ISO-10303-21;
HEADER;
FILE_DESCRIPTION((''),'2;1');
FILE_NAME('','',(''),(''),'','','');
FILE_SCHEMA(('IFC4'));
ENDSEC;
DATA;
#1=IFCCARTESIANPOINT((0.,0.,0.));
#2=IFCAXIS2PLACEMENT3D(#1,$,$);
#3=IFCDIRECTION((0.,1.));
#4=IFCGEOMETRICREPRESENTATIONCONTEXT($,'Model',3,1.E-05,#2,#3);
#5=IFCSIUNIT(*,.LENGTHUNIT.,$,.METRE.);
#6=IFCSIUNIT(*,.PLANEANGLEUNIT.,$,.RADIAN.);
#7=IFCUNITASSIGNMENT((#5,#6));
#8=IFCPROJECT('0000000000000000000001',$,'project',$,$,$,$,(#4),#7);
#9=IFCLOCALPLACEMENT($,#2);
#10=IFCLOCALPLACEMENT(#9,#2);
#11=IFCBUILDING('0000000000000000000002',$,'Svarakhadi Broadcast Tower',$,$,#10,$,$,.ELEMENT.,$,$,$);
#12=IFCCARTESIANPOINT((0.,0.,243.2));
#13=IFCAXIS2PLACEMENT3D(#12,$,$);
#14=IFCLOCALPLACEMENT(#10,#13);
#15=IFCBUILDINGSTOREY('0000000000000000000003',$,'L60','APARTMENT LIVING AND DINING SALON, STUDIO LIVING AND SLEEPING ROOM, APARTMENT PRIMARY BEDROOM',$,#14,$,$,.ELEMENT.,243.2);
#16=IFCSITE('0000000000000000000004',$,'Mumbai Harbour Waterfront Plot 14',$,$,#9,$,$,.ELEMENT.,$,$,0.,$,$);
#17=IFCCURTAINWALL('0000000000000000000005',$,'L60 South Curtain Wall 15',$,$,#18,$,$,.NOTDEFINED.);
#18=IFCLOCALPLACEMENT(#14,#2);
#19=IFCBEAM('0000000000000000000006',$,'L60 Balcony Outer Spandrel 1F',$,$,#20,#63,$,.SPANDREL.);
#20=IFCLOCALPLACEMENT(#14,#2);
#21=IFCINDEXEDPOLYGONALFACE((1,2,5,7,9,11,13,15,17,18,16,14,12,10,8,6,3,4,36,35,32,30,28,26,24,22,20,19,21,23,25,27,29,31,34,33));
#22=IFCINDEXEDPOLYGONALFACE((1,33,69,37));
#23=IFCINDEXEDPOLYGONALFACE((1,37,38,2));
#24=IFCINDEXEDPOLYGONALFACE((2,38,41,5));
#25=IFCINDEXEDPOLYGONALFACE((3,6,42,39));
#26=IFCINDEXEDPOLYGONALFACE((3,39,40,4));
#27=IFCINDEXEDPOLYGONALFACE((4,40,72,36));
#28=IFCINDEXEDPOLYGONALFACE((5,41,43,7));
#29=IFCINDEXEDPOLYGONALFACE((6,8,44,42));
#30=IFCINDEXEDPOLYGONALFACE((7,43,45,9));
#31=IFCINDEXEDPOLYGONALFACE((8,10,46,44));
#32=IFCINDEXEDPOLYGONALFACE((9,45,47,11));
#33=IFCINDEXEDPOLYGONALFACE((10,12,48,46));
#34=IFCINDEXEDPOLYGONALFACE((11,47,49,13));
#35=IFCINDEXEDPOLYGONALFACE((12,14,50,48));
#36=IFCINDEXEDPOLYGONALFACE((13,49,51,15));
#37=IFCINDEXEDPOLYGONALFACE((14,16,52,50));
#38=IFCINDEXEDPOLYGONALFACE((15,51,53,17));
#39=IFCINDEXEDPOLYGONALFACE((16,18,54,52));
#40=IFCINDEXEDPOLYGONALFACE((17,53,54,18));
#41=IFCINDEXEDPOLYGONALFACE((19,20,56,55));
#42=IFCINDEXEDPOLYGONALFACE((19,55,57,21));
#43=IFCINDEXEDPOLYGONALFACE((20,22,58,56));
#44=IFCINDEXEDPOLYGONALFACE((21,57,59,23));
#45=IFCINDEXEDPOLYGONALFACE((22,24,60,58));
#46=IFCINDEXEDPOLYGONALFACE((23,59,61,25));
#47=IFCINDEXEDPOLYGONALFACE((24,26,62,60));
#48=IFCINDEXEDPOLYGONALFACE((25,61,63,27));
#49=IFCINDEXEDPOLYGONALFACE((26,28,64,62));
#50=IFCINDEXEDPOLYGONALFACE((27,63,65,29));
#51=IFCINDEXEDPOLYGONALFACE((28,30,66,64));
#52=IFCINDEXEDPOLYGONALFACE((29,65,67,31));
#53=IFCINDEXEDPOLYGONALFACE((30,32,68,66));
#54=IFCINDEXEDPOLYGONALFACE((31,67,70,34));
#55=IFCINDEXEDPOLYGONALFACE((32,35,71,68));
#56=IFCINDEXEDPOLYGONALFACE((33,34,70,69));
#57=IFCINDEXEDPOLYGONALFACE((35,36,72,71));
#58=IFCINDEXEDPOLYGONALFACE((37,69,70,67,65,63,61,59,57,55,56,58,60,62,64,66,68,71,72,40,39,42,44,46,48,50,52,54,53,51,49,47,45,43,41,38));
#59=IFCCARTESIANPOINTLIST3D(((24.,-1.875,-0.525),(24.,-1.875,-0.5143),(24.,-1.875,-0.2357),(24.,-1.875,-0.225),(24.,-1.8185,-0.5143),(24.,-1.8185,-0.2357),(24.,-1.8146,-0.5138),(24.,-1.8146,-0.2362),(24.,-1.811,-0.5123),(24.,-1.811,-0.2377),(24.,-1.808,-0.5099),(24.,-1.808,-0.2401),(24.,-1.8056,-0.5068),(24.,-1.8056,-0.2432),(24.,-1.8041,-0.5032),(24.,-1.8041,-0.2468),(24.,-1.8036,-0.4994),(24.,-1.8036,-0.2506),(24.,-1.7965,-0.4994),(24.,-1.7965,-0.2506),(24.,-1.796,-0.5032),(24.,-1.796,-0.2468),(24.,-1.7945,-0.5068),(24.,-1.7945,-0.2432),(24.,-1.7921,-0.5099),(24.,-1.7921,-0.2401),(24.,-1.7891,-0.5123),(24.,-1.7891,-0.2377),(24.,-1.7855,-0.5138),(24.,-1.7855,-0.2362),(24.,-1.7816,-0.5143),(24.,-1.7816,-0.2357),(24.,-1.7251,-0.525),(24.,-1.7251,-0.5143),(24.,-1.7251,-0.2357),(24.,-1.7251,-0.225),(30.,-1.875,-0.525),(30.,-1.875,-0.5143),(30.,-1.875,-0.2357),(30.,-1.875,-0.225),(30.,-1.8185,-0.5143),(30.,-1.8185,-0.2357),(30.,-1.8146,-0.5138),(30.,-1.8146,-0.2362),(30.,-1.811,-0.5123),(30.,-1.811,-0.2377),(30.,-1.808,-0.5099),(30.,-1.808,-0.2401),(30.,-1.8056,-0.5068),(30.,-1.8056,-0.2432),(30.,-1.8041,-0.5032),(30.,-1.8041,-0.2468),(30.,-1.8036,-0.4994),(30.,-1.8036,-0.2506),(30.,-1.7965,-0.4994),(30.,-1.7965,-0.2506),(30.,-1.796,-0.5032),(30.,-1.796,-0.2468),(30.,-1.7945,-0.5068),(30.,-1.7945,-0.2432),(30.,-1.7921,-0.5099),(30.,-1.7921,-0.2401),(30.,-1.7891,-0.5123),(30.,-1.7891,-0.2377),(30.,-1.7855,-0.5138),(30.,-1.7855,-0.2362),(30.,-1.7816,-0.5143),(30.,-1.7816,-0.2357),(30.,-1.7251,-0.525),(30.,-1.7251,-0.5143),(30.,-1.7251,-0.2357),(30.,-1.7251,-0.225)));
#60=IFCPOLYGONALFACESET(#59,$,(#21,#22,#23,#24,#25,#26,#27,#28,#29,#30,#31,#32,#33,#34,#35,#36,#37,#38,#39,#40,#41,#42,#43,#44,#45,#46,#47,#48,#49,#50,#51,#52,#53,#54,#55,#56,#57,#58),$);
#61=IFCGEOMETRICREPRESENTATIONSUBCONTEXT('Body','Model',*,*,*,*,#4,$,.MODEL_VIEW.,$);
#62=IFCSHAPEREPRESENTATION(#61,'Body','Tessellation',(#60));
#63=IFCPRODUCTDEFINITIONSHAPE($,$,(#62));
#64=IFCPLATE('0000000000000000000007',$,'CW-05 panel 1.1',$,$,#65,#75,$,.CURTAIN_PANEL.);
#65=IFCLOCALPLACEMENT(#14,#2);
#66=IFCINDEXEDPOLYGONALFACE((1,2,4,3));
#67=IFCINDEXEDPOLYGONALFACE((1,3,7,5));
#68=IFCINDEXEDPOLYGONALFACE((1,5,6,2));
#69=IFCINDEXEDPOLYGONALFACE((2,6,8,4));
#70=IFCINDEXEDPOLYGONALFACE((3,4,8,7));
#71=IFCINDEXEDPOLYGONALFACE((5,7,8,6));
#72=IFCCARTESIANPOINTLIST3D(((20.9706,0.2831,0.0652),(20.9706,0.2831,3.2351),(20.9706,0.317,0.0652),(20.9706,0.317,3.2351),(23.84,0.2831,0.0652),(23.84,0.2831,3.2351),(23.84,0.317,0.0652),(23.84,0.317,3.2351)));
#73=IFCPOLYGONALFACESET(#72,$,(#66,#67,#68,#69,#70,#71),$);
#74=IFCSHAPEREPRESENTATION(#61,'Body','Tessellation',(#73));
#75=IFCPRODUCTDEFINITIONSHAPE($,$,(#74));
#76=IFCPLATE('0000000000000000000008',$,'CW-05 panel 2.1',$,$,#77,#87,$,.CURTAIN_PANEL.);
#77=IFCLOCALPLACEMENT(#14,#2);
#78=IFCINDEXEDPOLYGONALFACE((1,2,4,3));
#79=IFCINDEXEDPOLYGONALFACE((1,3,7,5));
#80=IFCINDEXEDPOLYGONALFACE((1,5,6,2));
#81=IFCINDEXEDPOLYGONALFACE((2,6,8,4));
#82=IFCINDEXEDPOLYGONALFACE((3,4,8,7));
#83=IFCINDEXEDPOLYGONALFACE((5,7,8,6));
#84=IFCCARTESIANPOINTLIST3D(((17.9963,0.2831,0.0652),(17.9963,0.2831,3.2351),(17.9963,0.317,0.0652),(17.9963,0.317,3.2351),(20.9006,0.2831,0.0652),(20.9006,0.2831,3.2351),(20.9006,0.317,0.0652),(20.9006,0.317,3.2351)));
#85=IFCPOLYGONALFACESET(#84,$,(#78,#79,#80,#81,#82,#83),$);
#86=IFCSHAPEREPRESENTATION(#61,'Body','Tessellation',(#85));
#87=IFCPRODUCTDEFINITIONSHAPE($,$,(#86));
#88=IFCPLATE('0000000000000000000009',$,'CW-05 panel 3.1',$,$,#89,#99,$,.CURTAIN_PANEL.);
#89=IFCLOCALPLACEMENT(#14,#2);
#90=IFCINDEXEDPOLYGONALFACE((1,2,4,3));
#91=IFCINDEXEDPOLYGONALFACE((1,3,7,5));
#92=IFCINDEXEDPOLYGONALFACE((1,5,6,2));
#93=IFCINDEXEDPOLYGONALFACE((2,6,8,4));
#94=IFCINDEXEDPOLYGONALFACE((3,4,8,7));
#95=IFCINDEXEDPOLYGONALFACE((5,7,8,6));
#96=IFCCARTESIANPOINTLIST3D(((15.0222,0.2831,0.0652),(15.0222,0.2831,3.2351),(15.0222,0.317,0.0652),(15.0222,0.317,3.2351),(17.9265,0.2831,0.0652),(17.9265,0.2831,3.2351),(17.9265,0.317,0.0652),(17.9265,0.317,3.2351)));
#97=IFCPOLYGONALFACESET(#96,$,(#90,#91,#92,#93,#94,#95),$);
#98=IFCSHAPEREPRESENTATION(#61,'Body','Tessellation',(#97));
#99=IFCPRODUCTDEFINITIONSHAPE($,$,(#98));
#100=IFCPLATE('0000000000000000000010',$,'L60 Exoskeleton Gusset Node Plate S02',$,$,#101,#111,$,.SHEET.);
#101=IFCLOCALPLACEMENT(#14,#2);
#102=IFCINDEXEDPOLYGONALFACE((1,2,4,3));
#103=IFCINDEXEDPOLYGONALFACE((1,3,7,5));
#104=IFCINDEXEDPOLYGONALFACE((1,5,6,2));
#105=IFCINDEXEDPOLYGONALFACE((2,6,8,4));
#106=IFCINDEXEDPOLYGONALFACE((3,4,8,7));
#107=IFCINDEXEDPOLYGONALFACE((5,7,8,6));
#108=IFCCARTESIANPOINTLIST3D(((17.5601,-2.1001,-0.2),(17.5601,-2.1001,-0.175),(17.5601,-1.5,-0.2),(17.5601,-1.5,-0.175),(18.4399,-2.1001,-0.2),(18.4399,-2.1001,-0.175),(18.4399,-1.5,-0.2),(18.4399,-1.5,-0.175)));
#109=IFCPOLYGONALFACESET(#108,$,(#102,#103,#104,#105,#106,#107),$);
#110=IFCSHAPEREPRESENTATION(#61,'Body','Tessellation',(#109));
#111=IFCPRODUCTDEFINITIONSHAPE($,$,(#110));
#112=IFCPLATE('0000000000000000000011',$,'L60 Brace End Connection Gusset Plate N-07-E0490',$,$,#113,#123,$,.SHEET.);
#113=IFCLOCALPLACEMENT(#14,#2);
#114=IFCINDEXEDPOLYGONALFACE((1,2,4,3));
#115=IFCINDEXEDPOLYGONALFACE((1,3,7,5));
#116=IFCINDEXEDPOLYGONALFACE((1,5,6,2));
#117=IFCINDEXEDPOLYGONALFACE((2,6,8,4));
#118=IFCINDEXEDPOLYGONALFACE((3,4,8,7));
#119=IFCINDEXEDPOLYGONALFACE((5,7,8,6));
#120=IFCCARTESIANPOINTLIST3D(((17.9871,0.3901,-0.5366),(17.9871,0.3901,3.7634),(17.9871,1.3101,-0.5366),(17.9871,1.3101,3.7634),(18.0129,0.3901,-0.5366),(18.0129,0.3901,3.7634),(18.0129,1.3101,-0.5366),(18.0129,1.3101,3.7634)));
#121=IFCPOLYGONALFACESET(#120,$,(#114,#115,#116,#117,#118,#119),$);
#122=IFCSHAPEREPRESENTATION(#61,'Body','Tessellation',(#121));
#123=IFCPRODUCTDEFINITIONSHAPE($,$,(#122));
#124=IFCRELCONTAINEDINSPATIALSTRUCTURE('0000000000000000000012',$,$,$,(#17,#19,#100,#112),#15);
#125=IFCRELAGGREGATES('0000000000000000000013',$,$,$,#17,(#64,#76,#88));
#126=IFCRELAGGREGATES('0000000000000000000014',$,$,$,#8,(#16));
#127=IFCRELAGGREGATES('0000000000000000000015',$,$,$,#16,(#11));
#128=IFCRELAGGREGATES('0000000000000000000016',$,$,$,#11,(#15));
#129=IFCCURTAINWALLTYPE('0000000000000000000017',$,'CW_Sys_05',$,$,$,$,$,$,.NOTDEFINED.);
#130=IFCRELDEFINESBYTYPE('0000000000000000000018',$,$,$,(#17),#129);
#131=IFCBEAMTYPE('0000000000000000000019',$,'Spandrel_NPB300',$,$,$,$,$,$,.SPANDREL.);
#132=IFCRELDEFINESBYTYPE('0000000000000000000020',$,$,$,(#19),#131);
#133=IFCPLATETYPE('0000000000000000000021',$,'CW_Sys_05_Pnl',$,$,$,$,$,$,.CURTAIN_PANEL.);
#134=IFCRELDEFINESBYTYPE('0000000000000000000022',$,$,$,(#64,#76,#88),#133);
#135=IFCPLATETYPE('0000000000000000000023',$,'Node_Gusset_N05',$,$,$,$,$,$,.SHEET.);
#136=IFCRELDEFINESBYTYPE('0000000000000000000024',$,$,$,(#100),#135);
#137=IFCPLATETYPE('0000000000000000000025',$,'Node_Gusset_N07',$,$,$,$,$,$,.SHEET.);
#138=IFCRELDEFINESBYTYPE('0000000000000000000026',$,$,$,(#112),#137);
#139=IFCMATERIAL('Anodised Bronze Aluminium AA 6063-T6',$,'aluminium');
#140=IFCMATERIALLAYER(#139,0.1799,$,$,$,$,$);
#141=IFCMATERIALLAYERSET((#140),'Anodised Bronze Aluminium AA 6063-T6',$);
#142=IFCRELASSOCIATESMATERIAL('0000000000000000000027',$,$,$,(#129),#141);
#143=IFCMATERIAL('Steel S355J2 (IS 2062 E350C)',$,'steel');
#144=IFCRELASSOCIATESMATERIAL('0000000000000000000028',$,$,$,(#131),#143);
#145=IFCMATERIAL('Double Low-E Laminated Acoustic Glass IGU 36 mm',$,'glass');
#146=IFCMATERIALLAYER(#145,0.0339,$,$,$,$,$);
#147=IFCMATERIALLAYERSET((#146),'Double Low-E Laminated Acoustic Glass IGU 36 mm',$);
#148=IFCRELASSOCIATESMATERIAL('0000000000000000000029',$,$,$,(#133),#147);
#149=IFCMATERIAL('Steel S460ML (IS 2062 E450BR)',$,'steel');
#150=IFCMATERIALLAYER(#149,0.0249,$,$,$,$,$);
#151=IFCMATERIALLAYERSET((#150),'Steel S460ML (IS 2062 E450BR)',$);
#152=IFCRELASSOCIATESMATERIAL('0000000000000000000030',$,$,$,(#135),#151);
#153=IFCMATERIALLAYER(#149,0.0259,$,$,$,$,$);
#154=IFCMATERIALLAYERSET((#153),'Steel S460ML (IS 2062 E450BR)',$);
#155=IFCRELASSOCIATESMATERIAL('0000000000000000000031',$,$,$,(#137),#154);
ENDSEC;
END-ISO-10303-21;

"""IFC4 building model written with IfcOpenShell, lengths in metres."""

from ifc_helpers import new_model, si_unit, direction, frame, origin, origin_2d, place, context, subcontext, project, spatial, rectangle, i_section, extrude, material, layer, layer_set, material_profile, profile_set, type_object, element, aggregate, save


model = new_model("IFC4")

# Units and contexts
model_context = context("Model", 3, precision=1e-05, world=origin(), true_north=direction((0.0, 1.0)))
body_context = subcontext(model_context, "Body", "Model", "MODEL_VIEW")
ifc_project = project(units=[si_unit("LENGTHUNIT", "METRE"), si_unit("PLANEANGLEUNIT", "RADIAN")], contexts=[model_context])

# Site, building, storey
site_placement = place(None, origin())
site = spatial("IfcSite", under=ifc_project, at=site_placement, Name="Mumbai Harbour Waterfront Plot 14", CompositionType="ELEMENT", RefElevation=0.0)
building_placement = place(site_placement, origin())
building = spatial("IfcBuilding", under=site, at=building_placement, Name="Svarakhadi Broadcast Tower", CompositionType="ELEMENT")
storey_placement = place(building_placement, frame((0.0, 0.0, 243.2)))
storey = spatial("IfcBuildingStorey", under=building, at=storey_placement, Name="L60", Description="APARTMENT LIVING AND DINING SALON, STUDIO LIVING AND SLEEPING ROOM, APARTMENT PRIMARY BEDROOM", CompositionType="ELEMENT", Elevation=243.2)

# Shared definitions
ifc_material_1 = material(Name="Steel S460ML (IS 2062 E450BR)", Category="steel")

# Curtain wall
ifc_material_2 = material(Name="Anodised Bronze Aluminium AA 6063-T6", Category="aluminium")
ifc_layer_1 = layer(ifc_material_2, 0.1799)
ifc_layer_set_1 = layer_set([ifc_layer_1], Name="Anodised Bronze Aluminium AA 6063-T6")
curtain_wall_type = type_object("IfcCurtainWallType", Name="CW_Sys_05", PredefinedType="NOTDEFINED", material=ifc_layer_set_1)
curtain_wall_placement = place(storey_placement, origin())
curtain_wall = element("IfcCurtainWall", 1, at=curtain_wall_placement, inside=storey, type_object=curtain_wall_type, Name="L60 South Curtain Wall 15", PredefinedType="NOTDEFINED")

# Beam
ifc_material_3 = material(Name="Steel S355J2 (IS 2062 E350C)", Category="steel")
ifc_material_profile_1 = material_profile(ifc_material_3, i_section(OverallWidth=0.1499, OverallDepth=0.3, WebThickness=0.0071, FlangeThickness=0.0107, FilletRadius=0.0149, at=origin_2d()), Name="NPB 300x150x37")
ifc_profile_set_1 = profile_set([ifc_material_profile_1], Name="Steel S355J2 (IS 2062 E350C)")
beam_type_1 = type_object("IfcBeamType", Name="Spandrel_NPB300", PredefinedType="SPANDREL", material=ifc_profile_set_1)
beam_1_placement = place(storey_placement, frame((24.0, -1.8, -0.375), z_axis=(1.0, 0.0, 0.0), x_axis=(0.0, 1.0, 0.0)))
element("IfcBeam", 2, at=beam_1_placement, inside=storey, type_object=beam_type_1, Name="L60 Balcony Outer Spandrel 1F", PredefinedType="SPANDREL", context=body_context, shape_type="SweptSolid", body=[
    extrude(i_section(OverallWidth=0.1499, OverallDepth=0.3, WebThickness=0.0071, FlangeThickness=0.0107, FilletRadius=0.0149, at=origin_2d()), origin(), (0.0, 0.0, 1.0), 6.0),
])

# Plates
ifc_material_4 = material(Name="Double Low-E Laminated Acoustic Glass IGU 36 mm", Category="glass")
ifc_layer_2 = layer(ifc_material_4, 0.0339)
ifc_layer_set_2 = layer_set([ifc_layer_2], Name="Double Low-E Laminated Acoustic Glass IGU 36 mm")
plate_type_1 = type_object("IfcPlateType", Name="CW_Sys_05_Pnl", PredefinedType="CURTAIN_PANEL", material=ifc_layer_set_2)
plate_1_placement = place(storey_placement, frame((22.4053, 0.3, 0.0652), z_axis=(0.0, 0.0, 1.0), x_axis=(-1.0, 0.0, 0.0)))
plate_1 = element("IfcPlate", 3, at=plate_1_placement, type_object=plate_type_1, Name="CW-05 panel 1.1", PredefinedType="CURTAIN_PANEL", context=body_context, shape_type="SweptSolid", body=[
    extrude(rectangle(XDim=2.8694, YDim=0.0339, at=origin_2d()), origin(), (0.0, 0.0, 1.0), 3.1699),
])
plate_2_placement = place(storey_placement, frame((19.4485, 0.3, 0.0652), z_axis=(0.0, 0.0, 1.0), x_axis=(-1.0, 0.0, 0.0)))
plate_2 = element("IfcPlate", 4, at=plate_2_placement, type_object=plate_type_1, Name="CW-05 panel 2.1", PredefinedType="CURTAIN_PANEL", context=body_context, shape_type="SweptSolid", body=[
    extrude(rectangle(XDim=2.9043, YDim=0.0339, at=origin_2d()), origin(), (0.0, 0.0, 1.0), 3.1699),
])
plate_3_placement = place(storey_placement, frame((16.4744, 0.3, 0.0652), z_axis=(0.0, 0.0, 1.0), x_axis=(-1.0, 0.0, 0.0)))
plate_3 = element("IfcPlate", 5, at=plate_3_placement, type_object=plate_type_1, Name="CW-05 panel 3.1", PredefinedType="CURTAIN_PANEL", context=body_context, shape_type="SweptSolid", body=[
    extrude(rectangle(XDim=2.9043, YDim=0.0339, at=origin_2d()), origin(), (0.0, 0.0, 1.0), 3.1699),
])
aggregate(curtain_wall, [plate_1, plate_2, plate_3])

# Plates
ifc_layer_3 = layer(ifc_material_1, 0.0249)
ifc_layer_set_3 = layer_set([ifc_layer_3], Name="Steel S460ML (IS 2062 E450BR)")
plate_type_2 = type_object("IfcPlateType", Name="Node_Gusset_N05", PredefinedType="SHEET", material=ifc_layer_set_3)
plate_4_placement = place(storey_placement, frame((18.0, -1.8, -0.2), z_axis=(0.0, 0.0, 1.0), x_axis=(1.0, 0.0, 0.0)))
element("IfcPlate", 6, at=plate_4_placement, inside=storey, type_object=plate_type_2, Name="L60 Exoskeleton Gusset Node Plate S02", PredefinedType="SHEET", context=body_context, shape_type="SweptSolid", body=[
    extrude(rectangle(XDim=0.8799, YDim=0.6001, at=origin_2d()), origin(), (0.0, 0.0, 1.0), 0.0249),
])
ifc_layer_4 = layer(ifc_material_1, 0.0259)
ifc_layer_set_4 = layer_set([ifc_layer_4], Name="Steel S460ML (IS 2062 E450BR)")
plate_type_3 = type_object("IfcPlateType", Name="Node_Gusset_N07", PredefinedType="SHEET", material=ifc_layer_set_4)
plate_5_placement = place(storey_placement, frame((18.0, 0.8501, -0.5366), z_axis=(0.0, 0.0, 1.0), x_axis=(0.0, 1.0, 0.0)))
element("IfcPlate", 7, at=plate_5_placement, inside=storey, type_object=plate_type_3, Name="L60 Brace End Connection Gusset Plate N-07-E0490", PredefinedType="SHEET", context=body_context, shape_type="SweptSolid", body=[
    extrude(rectangle(XDim=0.9199, YDim=0.0259, at=origin_2d()), origin(), (0.0, 0.0, 1.0), 4.3),
])

save(model, "model.ifc")
